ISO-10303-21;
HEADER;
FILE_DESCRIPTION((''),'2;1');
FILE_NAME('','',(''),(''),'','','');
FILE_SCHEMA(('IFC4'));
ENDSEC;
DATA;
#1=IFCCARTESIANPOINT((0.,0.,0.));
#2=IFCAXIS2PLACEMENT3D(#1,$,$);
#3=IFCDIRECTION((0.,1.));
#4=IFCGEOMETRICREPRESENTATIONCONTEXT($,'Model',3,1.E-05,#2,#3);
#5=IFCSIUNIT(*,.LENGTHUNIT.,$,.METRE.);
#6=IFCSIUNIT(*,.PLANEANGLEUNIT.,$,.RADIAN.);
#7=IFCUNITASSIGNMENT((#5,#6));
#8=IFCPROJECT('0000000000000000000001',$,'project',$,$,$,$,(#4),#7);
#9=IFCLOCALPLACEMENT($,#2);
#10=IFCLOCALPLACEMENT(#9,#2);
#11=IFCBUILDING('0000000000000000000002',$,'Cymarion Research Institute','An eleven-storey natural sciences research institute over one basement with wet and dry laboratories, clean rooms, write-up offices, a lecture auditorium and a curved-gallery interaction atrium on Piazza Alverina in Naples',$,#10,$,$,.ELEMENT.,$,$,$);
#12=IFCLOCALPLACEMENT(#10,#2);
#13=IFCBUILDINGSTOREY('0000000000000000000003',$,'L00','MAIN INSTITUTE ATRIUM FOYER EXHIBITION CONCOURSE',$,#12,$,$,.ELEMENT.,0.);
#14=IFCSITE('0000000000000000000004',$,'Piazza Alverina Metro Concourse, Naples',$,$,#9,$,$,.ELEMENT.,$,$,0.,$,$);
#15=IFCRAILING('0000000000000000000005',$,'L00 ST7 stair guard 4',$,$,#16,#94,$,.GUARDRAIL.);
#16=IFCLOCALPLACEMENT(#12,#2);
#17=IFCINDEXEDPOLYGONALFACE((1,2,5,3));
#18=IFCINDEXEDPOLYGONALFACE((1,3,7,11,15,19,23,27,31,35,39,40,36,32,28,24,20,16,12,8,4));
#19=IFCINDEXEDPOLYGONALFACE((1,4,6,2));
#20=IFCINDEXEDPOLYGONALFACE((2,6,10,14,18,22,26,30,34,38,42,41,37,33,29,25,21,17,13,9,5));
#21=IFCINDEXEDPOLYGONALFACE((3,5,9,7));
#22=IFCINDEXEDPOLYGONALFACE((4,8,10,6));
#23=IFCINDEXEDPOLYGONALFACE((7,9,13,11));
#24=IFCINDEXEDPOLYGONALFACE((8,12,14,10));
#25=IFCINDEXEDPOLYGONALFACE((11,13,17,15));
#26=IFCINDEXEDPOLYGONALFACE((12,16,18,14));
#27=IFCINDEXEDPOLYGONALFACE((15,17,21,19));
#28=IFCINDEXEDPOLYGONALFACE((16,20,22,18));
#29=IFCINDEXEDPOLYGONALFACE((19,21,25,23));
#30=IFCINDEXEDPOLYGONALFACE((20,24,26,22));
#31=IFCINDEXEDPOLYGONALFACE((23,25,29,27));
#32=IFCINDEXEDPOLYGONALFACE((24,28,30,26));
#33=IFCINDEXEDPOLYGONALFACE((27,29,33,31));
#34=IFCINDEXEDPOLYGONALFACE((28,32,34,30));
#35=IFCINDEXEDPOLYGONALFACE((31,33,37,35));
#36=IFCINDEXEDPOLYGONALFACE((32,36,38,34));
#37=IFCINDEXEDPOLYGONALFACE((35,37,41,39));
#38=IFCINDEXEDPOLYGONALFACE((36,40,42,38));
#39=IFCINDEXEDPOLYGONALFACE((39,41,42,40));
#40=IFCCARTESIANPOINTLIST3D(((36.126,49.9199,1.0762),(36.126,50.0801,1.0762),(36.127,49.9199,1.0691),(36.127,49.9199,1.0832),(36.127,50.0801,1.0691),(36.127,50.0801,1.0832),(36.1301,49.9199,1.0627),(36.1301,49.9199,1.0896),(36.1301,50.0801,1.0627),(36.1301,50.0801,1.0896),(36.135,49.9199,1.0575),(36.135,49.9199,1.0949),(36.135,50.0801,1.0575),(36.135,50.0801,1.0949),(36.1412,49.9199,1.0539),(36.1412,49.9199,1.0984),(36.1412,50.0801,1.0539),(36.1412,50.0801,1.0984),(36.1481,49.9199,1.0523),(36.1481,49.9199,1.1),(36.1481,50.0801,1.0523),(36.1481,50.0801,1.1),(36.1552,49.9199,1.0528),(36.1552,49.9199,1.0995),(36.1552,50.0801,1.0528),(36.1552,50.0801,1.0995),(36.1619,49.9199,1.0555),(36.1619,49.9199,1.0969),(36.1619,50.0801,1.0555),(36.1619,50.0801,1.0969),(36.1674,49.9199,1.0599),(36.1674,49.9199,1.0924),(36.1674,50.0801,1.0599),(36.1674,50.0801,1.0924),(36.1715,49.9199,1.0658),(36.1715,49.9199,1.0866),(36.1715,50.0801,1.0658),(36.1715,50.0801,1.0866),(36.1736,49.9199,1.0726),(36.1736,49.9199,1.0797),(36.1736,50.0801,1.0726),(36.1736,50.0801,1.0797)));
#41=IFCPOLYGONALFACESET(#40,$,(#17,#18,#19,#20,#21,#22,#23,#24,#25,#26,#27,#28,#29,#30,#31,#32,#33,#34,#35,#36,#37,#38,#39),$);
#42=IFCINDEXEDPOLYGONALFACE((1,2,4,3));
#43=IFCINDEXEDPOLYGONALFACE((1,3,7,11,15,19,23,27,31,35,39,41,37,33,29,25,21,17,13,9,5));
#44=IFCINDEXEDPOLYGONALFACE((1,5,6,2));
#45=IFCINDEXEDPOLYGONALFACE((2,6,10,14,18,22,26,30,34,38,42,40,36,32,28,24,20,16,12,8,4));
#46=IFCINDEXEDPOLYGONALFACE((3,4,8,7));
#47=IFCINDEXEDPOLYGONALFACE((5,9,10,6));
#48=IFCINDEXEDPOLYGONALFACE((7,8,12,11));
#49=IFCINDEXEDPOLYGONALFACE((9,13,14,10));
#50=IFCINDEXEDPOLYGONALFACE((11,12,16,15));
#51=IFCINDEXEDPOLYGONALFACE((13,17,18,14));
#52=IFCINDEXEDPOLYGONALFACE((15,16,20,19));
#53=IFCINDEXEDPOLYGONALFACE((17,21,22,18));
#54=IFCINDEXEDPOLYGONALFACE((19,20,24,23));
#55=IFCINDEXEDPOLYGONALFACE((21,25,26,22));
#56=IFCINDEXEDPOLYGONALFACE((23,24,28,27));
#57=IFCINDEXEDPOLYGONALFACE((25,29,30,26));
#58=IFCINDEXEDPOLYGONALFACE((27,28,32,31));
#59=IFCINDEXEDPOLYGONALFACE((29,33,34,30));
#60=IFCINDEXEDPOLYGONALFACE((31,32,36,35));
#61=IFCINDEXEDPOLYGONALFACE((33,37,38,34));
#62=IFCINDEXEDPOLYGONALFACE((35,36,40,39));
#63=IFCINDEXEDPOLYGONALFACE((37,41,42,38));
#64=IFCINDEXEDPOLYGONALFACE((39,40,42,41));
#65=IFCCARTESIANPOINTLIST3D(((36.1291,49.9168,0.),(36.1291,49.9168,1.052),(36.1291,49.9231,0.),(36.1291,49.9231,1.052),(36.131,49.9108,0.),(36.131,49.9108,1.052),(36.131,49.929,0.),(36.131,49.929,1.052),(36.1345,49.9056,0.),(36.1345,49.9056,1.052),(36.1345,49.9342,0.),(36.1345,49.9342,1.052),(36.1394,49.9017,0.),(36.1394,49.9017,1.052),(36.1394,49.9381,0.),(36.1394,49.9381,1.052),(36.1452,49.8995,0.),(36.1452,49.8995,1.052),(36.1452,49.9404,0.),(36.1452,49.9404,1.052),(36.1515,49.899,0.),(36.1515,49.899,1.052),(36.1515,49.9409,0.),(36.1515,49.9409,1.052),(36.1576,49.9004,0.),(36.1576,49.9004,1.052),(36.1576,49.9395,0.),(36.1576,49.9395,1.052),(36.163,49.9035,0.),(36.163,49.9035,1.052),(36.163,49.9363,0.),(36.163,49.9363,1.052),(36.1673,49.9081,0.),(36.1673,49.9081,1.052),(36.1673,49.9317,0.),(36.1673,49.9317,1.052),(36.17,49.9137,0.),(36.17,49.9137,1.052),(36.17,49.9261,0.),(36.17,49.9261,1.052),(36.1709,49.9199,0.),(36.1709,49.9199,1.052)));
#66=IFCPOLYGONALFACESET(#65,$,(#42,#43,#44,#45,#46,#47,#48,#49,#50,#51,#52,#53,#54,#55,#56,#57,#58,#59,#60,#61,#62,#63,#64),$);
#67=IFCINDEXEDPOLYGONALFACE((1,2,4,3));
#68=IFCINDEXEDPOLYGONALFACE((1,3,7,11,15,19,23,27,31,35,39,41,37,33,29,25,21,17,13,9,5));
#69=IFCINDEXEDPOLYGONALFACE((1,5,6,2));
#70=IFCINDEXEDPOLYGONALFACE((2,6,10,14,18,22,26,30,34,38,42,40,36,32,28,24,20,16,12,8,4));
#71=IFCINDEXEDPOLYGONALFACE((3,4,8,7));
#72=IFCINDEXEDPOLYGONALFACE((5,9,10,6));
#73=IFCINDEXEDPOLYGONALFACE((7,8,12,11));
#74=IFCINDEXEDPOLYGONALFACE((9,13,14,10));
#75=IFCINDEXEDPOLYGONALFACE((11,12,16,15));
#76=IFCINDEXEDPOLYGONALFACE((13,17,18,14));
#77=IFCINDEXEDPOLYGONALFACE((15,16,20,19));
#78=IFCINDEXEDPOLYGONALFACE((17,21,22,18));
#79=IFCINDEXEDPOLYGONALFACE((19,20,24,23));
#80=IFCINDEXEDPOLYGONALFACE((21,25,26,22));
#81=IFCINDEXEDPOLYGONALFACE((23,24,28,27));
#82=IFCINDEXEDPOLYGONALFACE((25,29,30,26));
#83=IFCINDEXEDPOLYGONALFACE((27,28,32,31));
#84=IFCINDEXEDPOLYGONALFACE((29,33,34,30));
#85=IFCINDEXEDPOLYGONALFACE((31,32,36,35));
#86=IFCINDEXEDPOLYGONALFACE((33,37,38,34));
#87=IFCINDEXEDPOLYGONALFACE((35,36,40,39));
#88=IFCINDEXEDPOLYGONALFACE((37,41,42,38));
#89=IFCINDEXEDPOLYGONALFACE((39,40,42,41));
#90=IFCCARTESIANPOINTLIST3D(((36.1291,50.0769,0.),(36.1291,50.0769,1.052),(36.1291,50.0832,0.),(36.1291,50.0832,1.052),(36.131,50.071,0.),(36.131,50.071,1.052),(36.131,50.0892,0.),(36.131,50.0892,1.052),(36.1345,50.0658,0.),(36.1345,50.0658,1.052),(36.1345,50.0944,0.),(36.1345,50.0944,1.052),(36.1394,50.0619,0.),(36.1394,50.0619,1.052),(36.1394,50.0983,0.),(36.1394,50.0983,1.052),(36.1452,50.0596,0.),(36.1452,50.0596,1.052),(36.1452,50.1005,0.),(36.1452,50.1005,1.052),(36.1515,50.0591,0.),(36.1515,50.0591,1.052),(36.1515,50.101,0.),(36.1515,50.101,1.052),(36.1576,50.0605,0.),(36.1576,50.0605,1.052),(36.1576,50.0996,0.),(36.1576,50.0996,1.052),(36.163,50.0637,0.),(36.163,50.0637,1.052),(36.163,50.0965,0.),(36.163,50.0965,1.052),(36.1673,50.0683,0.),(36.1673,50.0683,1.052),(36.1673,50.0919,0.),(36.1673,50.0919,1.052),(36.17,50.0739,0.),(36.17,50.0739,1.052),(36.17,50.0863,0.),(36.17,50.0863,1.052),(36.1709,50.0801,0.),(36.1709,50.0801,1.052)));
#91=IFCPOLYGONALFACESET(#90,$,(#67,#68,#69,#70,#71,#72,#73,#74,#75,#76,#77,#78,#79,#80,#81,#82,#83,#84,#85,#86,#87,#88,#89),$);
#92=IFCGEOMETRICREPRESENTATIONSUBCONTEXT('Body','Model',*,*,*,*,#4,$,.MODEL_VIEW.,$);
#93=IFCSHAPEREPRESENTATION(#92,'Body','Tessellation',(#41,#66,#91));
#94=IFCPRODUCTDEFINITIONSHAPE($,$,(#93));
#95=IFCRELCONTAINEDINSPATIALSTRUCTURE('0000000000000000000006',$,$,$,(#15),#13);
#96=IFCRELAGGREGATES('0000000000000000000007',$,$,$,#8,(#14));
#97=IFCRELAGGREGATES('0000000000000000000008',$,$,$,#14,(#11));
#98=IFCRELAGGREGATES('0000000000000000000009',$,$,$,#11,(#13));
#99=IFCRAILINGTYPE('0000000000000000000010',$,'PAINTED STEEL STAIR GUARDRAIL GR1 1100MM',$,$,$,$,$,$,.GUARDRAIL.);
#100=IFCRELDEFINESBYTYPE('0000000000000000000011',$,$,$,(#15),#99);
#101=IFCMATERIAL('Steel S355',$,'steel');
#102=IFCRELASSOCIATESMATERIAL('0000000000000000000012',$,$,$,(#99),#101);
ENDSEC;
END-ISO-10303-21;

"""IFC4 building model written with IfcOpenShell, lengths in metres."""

from ifc_helpers import new_model, si_unit, direction, frame, origin, origin_2d, place, context, subcontext, project, spatial, circle, extrude, material, type_object, element, save


model = new_model("IFC4")

# Units and contexts
model_context = context("Model", 3, precision=1e-05, world=origin(), true_north=direction((0.0, 1.0)))
body_context = subcontext(model_context, "Body", "Model", "MODEL_VIEW")
ifc_project = project(units=[si_unit("LENGTHUNIT", "METRE"), si_unit("PLANEANGLEUNIT", "RADIAN")], contexts=[model_context])

# Site, building, storey
site_placement = place(None, origin())
site = spatial("IfcSite", under=ifc_project, at=site_placement, Name="Piazza Alverina Metro Concourse, Naples", CompositionType="ELEMENT", RefElevation=0.0)
building_placement = place(site_placement, origin())
building = spatial("IfcBuilding", under=site, at=building_placement, Name="Cymarion Research Institute", Description="An eleven-storey natural sciences research institute over one basement with wet and dry laboratories, clean rooms, write-up offices, a lecture auditorium and a curved-gallery interaction atrium on Piazza Alverina in Naples", CompositionType="ELEMENT")
storey_placement = place(building_placement, origin())
storey = spatial("IfcBuildingStorey", under=building, at=storey_placement, Name="L00", Description="MAIN INSTITUTE ATRIUM FOYER EXHIBITION CONCOURSE", CompositionType="ELEMENT", Elevation=0.0)

# Shared definitions
ifc_material_1 = material(Name="Steel S355", Category="steel")

# Railing
railing_type_1 = type_object("IfcRailingType", Name="PAINTED STEEL STAIR GUARDRAIL GR1 1100MM", PredefinedType="GUARDRAIL", material=ifc_material_1)
railing_1_placement = place(storey_placement, frame((36.1499, 49.9199, 0.0)))
element("IfcRailing", 1, at=railing_1_placement, inside=storey, type_object=railing_type_1, Name="L00 ST7 stair guard 4", PredefinedType="GUARDRAIL", context=body_context, shape_type="SweptSolid", body=[
    extrude(circle(Radius=0.0239, at=origin_2d()), frame((0.0, 0.0, 1.0762), z_axis=(0.0, 1.0, 0.0), x_axis=(-1.0, 0.0, 0.0)), (0.0, 0.0, 1.0), 0.1602),
    extrude(circle(Radius=0.021, at=origin_2d()), origin(), (0.0, 0.0, 1.0), 1.052),
    extrude(circle(Radius=0.021, at=origin_2d()), frame((0.0, 0.1602, 0.0)), (0.0, 0.0, 1.0), 1.052),
])

save(model, "model.ifc")
